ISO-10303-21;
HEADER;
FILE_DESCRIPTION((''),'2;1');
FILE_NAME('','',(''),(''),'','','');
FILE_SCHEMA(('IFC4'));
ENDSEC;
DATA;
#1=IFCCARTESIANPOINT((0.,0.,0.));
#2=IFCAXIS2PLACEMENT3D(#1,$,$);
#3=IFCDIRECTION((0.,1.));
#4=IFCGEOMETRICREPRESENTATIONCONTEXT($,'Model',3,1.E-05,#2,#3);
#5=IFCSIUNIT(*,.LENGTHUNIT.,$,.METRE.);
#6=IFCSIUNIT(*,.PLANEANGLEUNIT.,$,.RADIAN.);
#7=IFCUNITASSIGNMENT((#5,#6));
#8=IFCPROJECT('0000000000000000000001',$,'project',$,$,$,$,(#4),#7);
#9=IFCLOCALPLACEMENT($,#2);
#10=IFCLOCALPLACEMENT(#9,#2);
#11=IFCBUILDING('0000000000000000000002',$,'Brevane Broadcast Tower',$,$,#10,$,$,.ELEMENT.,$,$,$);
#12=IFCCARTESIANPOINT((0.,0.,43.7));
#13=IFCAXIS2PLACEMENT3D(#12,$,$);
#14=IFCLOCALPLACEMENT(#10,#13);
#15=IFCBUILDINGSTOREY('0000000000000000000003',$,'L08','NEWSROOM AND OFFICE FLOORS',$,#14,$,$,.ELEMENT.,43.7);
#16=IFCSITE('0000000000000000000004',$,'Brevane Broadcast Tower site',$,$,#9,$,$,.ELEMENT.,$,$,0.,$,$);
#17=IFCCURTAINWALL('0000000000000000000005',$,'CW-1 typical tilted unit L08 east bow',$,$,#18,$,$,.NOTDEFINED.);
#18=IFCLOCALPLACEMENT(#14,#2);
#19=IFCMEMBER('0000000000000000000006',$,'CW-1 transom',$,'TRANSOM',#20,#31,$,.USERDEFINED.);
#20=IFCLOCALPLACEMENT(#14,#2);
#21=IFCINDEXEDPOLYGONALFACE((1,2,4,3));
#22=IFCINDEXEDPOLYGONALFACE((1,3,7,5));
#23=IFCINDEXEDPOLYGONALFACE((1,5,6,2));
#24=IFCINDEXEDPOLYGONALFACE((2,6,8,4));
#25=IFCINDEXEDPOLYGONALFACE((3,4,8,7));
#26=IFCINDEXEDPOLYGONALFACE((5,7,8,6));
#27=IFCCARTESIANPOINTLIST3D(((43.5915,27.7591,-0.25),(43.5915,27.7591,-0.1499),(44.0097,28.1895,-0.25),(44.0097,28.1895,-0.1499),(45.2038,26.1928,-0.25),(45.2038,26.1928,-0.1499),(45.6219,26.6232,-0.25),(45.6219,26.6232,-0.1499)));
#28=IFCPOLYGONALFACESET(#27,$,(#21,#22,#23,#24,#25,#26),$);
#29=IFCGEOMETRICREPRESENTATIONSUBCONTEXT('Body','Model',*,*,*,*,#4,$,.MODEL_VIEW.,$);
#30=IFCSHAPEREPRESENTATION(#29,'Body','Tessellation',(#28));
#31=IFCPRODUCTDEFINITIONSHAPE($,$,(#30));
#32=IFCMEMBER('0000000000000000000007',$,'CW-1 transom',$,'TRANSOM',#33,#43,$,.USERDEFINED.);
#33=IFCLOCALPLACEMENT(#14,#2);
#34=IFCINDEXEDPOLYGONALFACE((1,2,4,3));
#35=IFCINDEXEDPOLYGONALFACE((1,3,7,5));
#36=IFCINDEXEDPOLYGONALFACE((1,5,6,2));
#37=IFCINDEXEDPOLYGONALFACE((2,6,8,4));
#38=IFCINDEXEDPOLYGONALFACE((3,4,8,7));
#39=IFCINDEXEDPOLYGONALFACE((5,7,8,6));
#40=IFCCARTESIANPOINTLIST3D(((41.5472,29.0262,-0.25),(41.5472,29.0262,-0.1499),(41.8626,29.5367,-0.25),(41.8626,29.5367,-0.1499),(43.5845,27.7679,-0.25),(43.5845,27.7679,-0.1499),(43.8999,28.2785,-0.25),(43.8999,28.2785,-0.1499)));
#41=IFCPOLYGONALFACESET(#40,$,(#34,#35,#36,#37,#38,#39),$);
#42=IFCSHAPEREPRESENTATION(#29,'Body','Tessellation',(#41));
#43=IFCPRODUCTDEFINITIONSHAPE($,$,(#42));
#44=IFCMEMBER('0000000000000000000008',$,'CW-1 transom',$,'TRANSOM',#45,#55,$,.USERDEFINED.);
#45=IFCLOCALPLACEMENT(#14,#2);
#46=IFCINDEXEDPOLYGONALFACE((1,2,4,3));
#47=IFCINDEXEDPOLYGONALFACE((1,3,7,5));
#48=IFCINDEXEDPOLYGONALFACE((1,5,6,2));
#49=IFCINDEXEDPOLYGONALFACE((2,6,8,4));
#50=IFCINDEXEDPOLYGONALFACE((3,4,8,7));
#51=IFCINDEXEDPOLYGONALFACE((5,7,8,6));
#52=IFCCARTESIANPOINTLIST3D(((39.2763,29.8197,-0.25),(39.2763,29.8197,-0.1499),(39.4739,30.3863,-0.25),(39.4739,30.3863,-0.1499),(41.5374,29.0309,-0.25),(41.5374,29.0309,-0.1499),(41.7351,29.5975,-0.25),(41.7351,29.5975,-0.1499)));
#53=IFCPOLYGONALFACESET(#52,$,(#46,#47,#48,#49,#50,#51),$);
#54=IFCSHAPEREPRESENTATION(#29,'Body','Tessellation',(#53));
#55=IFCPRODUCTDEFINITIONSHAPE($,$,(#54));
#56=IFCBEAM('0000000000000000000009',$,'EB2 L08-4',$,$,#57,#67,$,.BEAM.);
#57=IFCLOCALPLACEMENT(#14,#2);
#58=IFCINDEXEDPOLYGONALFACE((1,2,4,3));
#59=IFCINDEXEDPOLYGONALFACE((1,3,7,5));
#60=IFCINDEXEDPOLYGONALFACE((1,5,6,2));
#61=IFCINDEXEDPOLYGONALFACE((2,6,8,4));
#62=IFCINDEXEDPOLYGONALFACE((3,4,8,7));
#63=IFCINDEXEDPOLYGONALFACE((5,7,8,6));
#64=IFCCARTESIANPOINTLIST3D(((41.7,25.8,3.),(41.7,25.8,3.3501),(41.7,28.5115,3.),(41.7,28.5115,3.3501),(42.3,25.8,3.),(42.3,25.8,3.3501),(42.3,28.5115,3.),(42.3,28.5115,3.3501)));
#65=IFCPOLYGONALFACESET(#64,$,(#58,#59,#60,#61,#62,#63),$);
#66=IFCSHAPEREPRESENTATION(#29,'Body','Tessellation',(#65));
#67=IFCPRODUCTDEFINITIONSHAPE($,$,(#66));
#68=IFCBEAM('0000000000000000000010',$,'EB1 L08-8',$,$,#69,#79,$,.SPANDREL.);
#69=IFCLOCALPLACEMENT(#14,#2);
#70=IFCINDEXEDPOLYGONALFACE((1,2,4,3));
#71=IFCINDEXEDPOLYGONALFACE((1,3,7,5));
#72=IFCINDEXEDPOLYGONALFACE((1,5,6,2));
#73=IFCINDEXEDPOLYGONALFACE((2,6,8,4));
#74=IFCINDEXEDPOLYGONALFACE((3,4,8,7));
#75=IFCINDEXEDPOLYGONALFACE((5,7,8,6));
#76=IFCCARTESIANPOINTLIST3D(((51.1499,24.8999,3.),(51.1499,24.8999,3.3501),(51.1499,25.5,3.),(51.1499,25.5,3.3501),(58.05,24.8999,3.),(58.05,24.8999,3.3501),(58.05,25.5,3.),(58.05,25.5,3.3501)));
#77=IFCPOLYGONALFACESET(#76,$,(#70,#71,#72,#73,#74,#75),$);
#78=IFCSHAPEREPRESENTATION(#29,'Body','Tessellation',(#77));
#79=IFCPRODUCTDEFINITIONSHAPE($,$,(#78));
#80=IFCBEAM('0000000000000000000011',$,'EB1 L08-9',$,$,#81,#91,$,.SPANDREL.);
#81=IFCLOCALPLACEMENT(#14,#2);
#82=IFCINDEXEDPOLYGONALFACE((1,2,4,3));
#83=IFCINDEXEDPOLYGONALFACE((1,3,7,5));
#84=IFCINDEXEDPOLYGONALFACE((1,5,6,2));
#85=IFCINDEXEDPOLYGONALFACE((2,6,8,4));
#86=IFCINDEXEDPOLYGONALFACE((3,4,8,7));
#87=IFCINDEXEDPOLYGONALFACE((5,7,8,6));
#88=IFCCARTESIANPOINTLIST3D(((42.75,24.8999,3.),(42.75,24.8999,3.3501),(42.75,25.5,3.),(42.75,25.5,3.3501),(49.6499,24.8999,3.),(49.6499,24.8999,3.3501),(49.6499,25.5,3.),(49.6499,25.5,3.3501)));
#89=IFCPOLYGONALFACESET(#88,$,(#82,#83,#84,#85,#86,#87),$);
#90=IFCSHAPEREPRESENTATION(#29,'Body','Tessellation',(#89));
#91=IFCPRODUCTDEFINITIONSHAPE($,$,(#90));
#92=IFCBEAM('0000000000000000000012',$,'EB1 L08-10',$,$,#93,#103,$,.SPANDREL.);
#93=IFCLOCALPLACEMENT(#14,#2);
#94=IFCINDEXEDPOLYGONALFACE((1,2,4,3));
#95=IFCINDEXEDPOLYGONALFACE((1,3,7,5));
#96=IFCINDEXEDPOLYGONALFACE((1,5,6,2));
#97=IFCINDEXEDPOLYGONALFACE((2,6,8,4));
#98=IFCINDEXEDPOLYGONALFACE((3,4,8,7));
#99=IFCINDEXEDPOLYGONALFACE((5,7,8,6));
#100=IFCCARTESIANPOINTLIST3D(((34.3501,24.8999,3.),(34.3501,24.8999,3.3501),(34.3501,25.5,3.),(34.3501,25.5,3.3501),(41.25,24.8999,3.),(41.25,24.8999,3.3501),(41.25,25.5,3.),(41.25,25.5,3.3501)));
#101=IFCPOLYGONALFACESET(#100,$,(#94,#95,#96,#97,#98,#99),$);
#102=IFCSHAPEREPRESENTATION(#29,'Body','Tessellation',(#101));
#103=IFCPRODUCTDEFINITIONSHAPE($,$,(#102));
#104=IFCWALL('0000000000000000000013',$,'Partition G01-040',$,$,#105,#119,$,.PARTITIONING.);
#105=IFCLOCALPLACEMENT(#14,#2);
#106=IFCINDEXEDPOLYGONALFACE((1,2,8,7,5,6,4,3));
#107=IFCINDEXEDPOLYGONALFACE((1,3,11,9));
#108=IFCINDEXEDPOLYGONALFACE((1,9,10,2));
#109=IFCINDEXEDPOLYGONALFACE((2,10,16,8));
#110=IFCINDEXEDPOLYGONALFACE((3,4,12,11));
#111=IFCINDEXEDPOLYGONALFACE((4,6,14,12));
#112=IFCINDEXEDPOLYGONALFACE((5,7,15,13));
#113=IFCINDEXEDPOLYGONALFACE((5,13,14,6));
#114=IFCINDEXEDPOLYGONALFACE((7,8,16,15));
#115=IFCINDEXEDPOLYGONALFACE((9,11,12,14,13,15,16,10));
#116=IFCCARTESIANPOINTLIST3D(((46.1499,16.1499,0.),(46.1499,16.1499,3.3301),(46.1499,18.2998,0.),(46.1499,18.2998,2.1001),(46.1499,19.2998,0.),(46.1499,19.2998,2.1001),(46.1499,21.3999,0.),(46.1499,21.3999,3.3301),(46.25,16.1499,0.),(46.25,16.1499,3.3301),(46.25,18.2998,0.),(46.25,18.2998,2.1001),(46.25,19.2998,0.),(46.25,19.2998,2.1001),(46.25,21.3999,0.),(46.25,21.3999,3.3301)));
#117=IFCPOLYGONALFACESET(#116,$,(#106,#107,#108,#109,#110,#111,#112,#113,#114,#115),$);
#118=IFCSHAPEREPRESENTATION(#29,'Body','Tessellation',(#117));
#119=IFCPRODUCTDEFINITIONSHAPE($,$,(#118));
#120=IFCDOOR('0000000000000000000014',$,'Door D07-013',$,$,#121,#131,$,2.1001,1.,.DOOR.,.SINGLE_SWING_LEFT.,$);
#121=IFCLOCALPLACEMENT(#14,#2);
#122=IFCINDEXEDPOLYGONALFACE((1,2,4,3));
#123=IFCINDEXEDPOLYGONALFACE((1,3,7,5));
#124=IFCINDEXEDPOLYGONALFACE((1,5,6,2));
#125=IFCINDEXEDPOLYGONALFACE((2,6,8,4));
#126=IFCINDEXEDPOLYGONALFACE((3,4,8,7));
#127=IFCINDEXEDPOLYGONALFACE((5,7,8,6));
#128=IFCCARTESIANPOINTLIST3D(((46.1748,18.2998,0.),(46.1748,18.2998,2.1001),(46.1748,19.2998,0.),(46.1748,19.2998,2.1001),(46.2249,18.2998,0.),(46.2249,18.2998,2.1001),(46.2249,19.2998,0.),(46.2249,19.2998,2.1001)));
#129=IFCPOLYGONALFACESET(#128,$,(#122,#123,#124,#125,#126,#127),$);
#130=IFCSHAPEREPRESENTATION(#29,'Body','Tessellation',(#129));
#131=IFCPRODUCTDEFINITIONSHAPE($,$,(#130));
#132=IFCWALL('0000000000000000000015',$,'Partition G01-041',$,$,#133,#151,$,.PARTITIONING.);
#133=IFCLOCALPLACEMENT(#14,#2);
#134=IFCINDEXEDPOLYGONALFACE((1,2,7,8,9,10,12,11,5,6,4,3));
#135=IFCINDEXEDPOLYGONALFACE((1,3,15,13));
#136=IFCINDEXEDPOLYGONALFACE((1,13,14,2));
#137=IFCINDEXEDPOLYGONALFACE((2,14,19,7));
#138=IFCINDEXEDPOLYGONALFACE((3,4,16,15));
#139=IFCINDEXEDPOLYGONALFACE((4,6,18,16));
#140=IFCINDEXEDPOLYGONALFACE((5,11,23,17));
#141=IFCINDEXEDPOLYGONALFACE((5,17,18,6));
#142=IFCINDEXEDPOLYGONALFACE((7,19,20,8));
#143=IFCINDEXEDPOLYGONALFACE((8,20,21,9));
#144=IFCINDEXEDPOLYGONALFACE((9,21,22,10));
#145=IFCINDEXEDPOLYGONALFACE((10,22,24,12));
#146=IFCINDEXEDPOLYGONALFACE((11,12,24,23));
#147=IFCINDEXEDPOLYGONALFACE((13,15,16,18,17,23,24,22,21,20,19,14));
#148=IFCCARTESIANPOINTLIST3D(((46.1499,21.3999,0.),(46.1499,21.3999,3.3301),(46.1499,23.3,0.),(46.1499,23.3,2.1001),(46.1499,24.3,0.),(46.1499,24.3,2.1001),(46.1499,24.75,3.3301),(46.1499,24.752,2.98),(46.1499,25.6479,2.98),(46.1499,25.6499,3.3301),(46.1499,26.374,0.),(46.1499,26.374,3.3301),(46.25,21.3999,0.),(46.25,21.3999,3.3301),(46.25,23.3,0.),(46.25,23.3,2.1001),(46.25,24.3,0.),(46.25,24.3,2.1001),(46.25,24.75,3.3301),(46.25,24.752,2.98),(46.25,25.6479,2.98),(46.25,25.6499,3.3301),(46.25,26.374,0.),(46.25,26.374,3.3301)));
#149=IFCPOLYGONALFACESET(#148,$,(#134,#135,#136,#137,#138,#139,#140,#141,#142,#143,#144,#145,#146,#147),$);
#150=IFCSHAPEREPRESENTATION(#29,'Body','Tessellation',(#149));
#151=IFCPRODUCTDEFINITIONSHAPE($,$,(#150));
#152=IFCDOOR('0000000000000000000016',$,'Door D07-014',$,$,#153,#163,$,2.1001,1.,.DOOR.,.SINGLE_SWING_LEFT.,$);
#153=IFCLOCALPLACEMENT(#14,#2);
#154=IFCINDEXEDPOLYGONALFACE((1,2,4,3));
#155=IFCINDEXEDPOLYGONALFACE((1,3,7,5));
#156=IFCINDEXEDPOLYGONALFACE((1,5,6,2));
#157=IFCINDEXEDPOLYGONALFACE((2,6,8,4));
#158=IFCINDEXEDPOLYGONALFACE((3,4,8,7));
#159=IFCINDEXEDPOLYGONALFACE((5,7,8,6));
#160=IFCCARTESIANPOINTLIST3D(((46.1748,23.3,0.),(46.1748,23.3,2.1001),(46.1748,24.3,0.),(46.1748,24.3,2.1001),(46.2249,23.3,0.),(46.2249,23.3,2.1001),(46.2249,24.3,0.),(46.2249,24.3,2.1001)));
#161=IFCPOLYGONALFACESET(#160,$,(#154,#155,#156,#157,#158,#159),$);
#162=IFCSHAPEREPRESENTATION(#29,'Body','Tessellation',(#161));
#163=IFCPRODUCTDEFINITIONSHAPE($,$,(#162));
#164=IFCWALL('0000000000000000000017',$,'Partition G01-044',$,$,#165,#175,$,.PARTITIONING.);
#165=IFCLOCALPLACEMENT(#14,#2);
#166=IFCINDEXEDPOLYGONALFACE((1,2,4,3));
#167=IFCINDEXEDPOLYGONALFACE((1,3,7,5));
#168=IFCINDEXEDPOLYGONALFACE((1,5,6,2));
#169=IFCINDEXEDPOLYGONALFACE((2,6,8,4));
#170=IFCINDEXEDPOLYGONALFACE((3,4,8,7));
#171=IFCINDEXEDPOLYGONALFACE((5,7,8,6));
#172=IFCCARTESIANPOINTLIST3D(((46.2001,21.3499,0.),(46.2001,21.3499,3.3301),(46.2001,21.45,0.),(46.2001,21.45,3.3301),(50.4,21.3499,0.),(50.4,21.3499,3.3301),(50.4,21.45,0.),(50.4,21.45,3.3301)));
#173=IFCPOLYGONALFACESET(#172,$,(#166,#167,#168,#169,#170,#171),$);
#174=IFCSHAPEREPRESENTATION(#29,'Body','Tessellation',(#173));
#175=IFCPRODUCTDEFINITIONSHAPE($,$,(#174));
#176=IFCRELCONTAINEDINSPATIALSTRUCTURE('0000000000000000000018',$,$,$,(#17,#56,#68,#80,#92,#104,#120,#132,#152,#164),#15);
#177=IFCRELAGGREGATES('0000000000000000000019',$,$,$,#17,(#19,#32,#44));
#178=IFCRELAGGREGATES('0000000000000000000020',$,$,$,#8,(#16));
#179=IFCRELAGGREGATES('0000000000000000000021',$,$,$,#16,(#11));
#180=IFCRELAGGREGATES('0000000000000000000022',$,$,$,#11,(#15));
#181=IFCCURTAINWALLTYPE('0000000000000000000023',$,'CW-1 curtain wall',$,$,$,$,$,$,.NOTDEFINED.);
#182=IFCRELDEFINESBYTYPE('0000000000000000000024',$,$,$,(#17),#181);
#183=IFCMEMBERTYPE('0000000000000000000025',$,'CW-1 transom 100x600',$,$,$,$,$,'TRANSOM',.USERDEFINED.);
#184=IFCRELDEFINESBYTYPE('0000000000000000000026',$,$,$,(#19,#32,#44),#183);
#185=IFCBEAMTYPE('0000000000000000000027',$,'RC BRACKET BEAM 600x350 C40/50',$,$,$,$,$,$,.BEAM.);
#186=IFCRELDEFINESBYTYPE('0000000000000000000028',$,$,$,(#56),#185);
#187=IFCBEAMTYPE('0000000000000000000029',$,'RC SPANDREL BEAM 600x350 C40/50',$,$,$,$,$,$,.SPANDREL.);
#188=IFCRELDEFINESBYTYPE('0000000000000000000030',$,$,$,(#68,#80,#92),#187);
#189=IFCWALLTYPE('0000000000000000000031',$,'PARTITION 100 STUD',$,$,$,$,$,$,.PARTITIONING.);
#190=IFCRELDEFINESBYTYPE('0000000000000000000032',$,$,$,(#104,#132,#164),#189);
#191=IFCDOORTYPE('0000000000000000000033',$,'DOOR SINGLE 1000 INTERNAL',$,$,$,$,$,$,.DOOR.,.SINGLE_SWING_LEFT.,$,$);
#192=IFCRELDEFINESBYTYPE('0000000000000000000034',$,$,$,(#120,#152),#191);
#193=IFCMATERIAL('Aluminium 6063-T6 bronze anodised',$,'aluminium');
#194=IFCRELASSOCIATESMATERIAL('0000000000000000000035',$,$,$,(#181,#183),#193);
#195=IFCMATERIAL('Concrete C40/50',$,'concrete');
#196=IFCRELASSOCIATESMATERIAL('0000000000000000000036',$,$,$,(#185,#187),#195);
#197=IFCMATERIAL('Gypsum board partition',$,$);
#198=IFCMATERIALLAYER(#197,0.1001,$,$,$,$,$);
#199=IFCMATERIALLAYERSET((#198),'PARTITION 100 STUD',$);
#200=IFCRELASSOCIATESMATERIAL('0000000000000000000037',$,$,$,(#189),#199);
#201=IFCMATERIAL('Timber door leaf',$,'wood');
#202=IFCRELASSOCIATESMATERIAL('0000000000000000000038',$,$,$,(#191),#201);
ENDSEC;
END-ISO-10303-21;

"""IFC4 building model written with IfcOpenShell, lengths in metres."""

from ifc_helpers import new_model, si_unit, direction, frame, frame_2d, origin, origin_2d, place, context, subcontext, project, spatial, polyline, rectangle, outline, extrude, material, layer, layer_set, material_profile, profile_set, type_object, element, fill, aggregate, save


model = new_model("IFC4")

# Units and contexts
model_context = context("Model", 3, precision=1e-05, world=origin(), true_north=direction((0.0, 1.0)))
body_context = subcontext(model_context, "Body", "Model", "MODEL_VIEW")
ifc_project = project(units=[si_unit("LENGTHUNIT", "METRE"), si_unit("PLANEANGLEUNIT", "RADIAN")], contexts=[model_context])

# Site, building, storey
site_placement = place(None, origin())
site = spatial("IfcSite", under=ifc_project, at=site_placement, Name="Brevane Broadcast Tower site", CompositionType="ELEMENT", RefElevation=0.0)
building_placement = place(site_placement, origin())
building = spatial("IfcBuilding", under=site, at=building_placement, Name="Brevane Broadcast Tower", CompositionType="ELEMENT")
storey_placement = place(building_placement, frame((0.0, 0.0, 43.7)))
storey = spatial("IfcBuildingStorey", under=building, at=storey_placement, Name="L08", Description="NEWSROOM AND OFFICE FLOORS", CompositionType="ELEMENT", Elevation=43.7)

# Curtain wall
ifc_material_1 = material(Name="Aluminium 6063-T6 bronze anodised", Category="aluminium")
curtain_wall_type = type_object("IfcCurtainWallType", Name="CW-1 curtain wall", PredefinedType="NOTDEFINED", material=ifc_material_1)
curtain_wall_1_placement = place(storey_placement, origin())
curtain_wall_1 = element("IfcCurtainWall", 1, at=curtain_wall_1_placement, inside=storey, type_object=curtain_wall_type, Name="CW-1 typical tilted unit L08 east bow", PredefinedType="NOTDEFINED")

# Members
ifc_material_profile_1 = material_profile(ifc_material_1, rectangle(XDim=0.6001, YDim=0.1001, at=origin_2d()), Name="RECT 100x600")
ifc_profile_set_1 = profile_set([ifc_material_profile_1], Name="Aluminium 6063-T6 bronze anodised")
member_type_1 = type_object("IfcMemberType", Name="CW-1 transom 100x600", ElementType="TRANSOM", PredefinedType="USERDEFINED", material=ifc_profile_set_1)
member_1_placement = place(storey_placement, frame((45.4128, 26.408, -0.2), z_axis=(-0.717242, 0.696824, 0.0), x_axis=(-0.696824, -0.717242, 0.0)))
member_1 = element("IfcMember", 2, at=member_1_placement, type_object=member_type_1, Name="CW-1 transom", ObjectType="TRANSOM", PredefinedType="USERDEFINED", context=body_context, shape_type="SweptSolid", body=[
    extrude(rectangle(XDim=0.6001, YDim=0.1001, at=origin_2d()), origin(), (0.0, 0.0, 1.0), 2.2478),
])
member_2_placement = place(storey_placement, frame((43.7422, 28.0232, -0.2), z_axis=(-0.85081, 0.525473, 0.0), x_axis=(-0.525473, -0.85081, 0.0)))
member_2 = element("IfcMember", 3, at=member_2_placement, type_object=member_type_1, Name="CW-1 transom", ObjectType="TRANSOM", PredefinedType="USERDEFINED", context=body_context, shape_type="SweptSolid", body=[
    extrude(rectangle(XDim=0.6001, YDim=0.1001, at=origin_2d()), origin(), (0.0, 0.0, 1.0), 2.3945),
])
member_3_placement = place(storey_placement, frame((41.6362, 29.3142, -0.2), z_axis=(-0.944198, 0.329378, 0.0), x_axis=(-0.329378, -0.944198, 0.0)))
member_3 = element("IfcMember", 4, at=member_3_placement, type_object=member_type_1, Name="CW-1 transom", ObjectType="TRANSOM", PredefinedType="USERDEFINED", context=body_context, shape_type="SweptSolid", body=[
    extrude(rectangle(XDim=0.6001, YDim=0.1001, at=origin_2d()), origin(), (0.0, 0.0, 1.0), 2.3948),
])
aggregate(curtain_wall_1, [member_1, member_2, member_3])

# Beams
ifc_material_2 = material(Name="Concrete C40/50", Category="concrete")
ifc_material_profile_2 = material_profile(ifc_material_2, rectangle(XDim=0.6001, YDim=0.3501, at=origin_2d()), Name="RC 600x350")
ifc_profile_set_2 = profile_set([ifc_material_profile_2], Name="Concrete C40/50")
beam_type_1 = type_object("IfcBeamType", Name="RC BRACKET BEAM 600x350 C40/50", PredefinedType="BEAM", material=ifc_profile_set_2)
beam_1_placement = place(storey_placement, frame((42.0, 25.8, 3.175), z_axis=(0.0, 1.0, 0.0), x_axis=(-1.0, 0.0, 0.0)))
element("IfcBeam", 5, at=beam_1_placement, inside=storey, type_object=beam_type_1, Name="EB2 L08-4", PredefinedType="BEAM", context=body_context, shape_type="SweptSolid", body=[
    extrude(rectangle(XDim=0.6001, YDim=0.3501, at=origin_2d()), origin(), (0.0, 0.0, 1.0), 2.7114),
])
ifc_material_profile_3 = material_profile(ifc_material_2, rectangle(XDim=0.6001, YDim=0.3501, at=origin_2d()), Name="RC 600x350")
ifc_profile_set_3 = profile_set([ifc_material_profile_3], Name="Concrete C40/50")
beam_type_2 = type_object("IfcBeamType", Name="RC SPANDREL BEAM 600x350 C40/50", PredefinedType="SPANDREL", material=ifc_profile_set_3)
beam_2_placement = place(storey_placement, frame((58.05, 25.2, 3.175), z_axis=(-1.0, 0.0, 0.0), x_axis=(0.0, -1.0, 0.0)))
element("IfcBeam", 6, at=beam_2_placement, inside=storey, type_object=beam_type_2, Name="EB1 L08-8", PredefinedType="SPANDREL", context=body_context, shape_type="SweptSolid", body=[
    extrude(rectangle(XDim=0.6001, YDim=0.3501, at=origin_2d()), origin(), (0.0, 0.0, 1.0), 6.9001),
])
for number, where, z_axis, x_axis, name in (
    (7, (49.6499, 25.2, 3.175), (-1.0, 0.0, 0.0), (0.0, -1.0, 0.0), "EB1 L08-9"),
    (8, (41.25, 25.2, 3.175), (-1.0, 0.0, 0.0), (0.0, -1.0, 0.0), "EB1 L08-10"),
):
    element("IfcBeam", number, at=place(storey_placement, frame(where, z_axis=z_axis, x_axis=x_axis)), inside=storey, type_object=beam_type_2, Name=name, PredefinedType="SPANDREL", context=body_context, shape_type="SweptSolid", body=[
        extrude(rectangle(XDim=0.6001, YDim=0.3501, at=origin_2d()), origin(), (0.0, 0.0, 1.0), 6.8999),
    ])

# Walls, openings, doors
ifc_material_3 = material(Name="Gypsum board partition")
ifc_layer_1 = layer(ifc_material_3, 0.1001)
ifc_layer_set_1 = layer_set([ifc_layer_1], Name="PARTITION 100 STUD")
wall_type_1 = type_object("IfcWallType", Name="PARTITION 100 STUD", PredefinedType="PARTITIONING", material=ifc_layer_set_1)
wall_1_placement = place(storey_placement, frame((46.2, 21.3999, 0.0), z_axis=(0.0, 0.0, 1.0), x_axis=(0.0, -1.0, 0.0)))
wall_1 = element("IfcWall", 9, at=wall_1_placement, inside=storey, type_object=wall_type_1, Name="Partition G01-040", PredefinedType="PARTITIONING", context=body_context, shape_type="SweptSolid", body=[
    extrude(rectangle(XDim=5.25, YDim=0.1001, at=frame_2d((2.625, 0.0))), origin(), (0.0, 0.0, 1.0), 3.3301),
])
opening_1_placement = place(wall_1_placement, frame((2.1001, 0.0, 0.0)))
opening_1 = element("IfcOpeningElement", 10, at=opening_1_placement, cuts=wall_1, PredefinedType="OPENING", context=body_context, shape_type="SweptSolid", body=[
    extrude(rectangle(XDim=1.0, YDim=2.1001, at=frame_2d((0.5, 1.05))), frame((0.0, 0.0601, 0.0), z_axis=(0.0, -1.0, 0.0), x_axis=(1.0, 0.0, 0.0)), (0.0, 0.0, 1.0), 0.1201),
])
ifc_material_4 = material(Name="Timber door leaf", Category="wood")
door_type_1 = type_object("IfcDoorType", Name="DOOR SINGLE 1000 INTERNAL", OperationType="SINGLE_SWING_LEFT", PredefinedType="DOOR", material=ifc_material_4)
door_1_placement = place(opening_1_placement, origin())
door_1 = element("IfcDoor", 11, at=door_1_placement, inside=storey, type_object=door_type_1, Name="Door D07-013", OperationType="SINGLE_SWING_LEFT", OverallHeight=2.1001, OverallWidth=1.0, PredefinedType="DOOR", context=body_context, shape_type="SweptSolid", body=[
    extrude(rectangle(XDim=1.0, YDim=2.1001, at=frame_2d((0.5, 1.05))), frame((0.0, 0.0249, 0.0), z_axis=(0.0, -1.0, 0.0), x_axis=(1.0, 0.0, 0.0)), (0.0, 0.0, 1.0), 0.05),
])
fill(opening_1, door_1)
wall_2_placement = place(storey_placement, frame((46.2, 26.374, 0.0), z_axis=(0.0, 0.0, 1.0), x_axis=(0.0, -1.0, 0.0)))
wall_2 = element("IfcWall", 12, at=wall_2_placement, inside=storey, type_object=wall_type_1, Name="Partition G01-041", PredefinedType="PARTITIONING", context=body_context, shape_type="SweptSolid", body=[
    extrude(outline(polyline([(0.0, 0.0), (4.9741, 0.0), (4.9741, 3.3301), (1.624, 3.3301), (1.6221, 2.98), (0.7261, 2.98), (0.7241, 3.3301), (0.074, 3.3301), (0.0, 3.3301), (0.0, 0.0)])), frame((0.0, 0.05, 0.0), z_axis=(0.0, -1.0, 0.0), x_axis=(1.0, 0.0, 0.0)), (0.0, 0.0, 1.0), 0.1001),
])
opening_2_placement = place(wall_2_placement, frame((2.074, 0.0, 0.0)))
opening_2 = element("IfcOpeningElement", 13, at=opening_2_placement, cuts=wall_2, PredefinedType="OPENING", context=body_context, shape_type="SweptSolid", body=[
    extrude(rectangle(XDim=1.0, YDim=2.1001, at=frame_2d((0.5, 1.05))), frame((0.0, 0.0601, 0.0), z_axis=(0.0, -1.0, 0.0), x_axis=(1.0, 0.0, 0.0)), (0.0, 0.0, 1.0), 0.1201),
])
door_2_placement = place(opening_2_placement, origin())
door_2 = element("IfcDoor", 14, at=door_2_placement, inside=storey, type_object=door_type_1, Name="Door D07-014", OperationType="SINGLE_SWING_LEFT", OverallHeight=2.1001, OverallWidth=1.0, PredefinedType="DOOR", context=body_context, shape_type="SweptSolid", body=[
    extrude(rectangle(XDim=1.0, YDim=2.1001, at=frame_2d((0.5, 1.05))), frame((0.0, 0.0249, 0.0), z_axis=(0.0, -1.0, 0.0), x_axis=(1.0, 0.0, 0.0)), (0.0, 0.0, 1.0), 0.05),
])
fill(opening_2, door_2)

# Wall
wall_3_placement = place(storey_placement, frame((46.2, 21.3999, 0.0), z_axis=(0.0, 0.0, 1.0), x_axis=(1.0, 0.0, 0.0)))
element("IfcWall", 15, at=wall_3_placement, inside=storey, type_object=wall_type_1, Name="Partition G01-044", PredefinedType="PARTITIONING", context=body_context, shape_type="SweptSolid", body=[
    extrude(rectangle(XDim=4.2, YDim=0.1001, at=frame_2d((2.1001, 0.0))), origin(), (0.0, 0.0, 1.0), 3.3301),
])

save(model, "model.ifc")
